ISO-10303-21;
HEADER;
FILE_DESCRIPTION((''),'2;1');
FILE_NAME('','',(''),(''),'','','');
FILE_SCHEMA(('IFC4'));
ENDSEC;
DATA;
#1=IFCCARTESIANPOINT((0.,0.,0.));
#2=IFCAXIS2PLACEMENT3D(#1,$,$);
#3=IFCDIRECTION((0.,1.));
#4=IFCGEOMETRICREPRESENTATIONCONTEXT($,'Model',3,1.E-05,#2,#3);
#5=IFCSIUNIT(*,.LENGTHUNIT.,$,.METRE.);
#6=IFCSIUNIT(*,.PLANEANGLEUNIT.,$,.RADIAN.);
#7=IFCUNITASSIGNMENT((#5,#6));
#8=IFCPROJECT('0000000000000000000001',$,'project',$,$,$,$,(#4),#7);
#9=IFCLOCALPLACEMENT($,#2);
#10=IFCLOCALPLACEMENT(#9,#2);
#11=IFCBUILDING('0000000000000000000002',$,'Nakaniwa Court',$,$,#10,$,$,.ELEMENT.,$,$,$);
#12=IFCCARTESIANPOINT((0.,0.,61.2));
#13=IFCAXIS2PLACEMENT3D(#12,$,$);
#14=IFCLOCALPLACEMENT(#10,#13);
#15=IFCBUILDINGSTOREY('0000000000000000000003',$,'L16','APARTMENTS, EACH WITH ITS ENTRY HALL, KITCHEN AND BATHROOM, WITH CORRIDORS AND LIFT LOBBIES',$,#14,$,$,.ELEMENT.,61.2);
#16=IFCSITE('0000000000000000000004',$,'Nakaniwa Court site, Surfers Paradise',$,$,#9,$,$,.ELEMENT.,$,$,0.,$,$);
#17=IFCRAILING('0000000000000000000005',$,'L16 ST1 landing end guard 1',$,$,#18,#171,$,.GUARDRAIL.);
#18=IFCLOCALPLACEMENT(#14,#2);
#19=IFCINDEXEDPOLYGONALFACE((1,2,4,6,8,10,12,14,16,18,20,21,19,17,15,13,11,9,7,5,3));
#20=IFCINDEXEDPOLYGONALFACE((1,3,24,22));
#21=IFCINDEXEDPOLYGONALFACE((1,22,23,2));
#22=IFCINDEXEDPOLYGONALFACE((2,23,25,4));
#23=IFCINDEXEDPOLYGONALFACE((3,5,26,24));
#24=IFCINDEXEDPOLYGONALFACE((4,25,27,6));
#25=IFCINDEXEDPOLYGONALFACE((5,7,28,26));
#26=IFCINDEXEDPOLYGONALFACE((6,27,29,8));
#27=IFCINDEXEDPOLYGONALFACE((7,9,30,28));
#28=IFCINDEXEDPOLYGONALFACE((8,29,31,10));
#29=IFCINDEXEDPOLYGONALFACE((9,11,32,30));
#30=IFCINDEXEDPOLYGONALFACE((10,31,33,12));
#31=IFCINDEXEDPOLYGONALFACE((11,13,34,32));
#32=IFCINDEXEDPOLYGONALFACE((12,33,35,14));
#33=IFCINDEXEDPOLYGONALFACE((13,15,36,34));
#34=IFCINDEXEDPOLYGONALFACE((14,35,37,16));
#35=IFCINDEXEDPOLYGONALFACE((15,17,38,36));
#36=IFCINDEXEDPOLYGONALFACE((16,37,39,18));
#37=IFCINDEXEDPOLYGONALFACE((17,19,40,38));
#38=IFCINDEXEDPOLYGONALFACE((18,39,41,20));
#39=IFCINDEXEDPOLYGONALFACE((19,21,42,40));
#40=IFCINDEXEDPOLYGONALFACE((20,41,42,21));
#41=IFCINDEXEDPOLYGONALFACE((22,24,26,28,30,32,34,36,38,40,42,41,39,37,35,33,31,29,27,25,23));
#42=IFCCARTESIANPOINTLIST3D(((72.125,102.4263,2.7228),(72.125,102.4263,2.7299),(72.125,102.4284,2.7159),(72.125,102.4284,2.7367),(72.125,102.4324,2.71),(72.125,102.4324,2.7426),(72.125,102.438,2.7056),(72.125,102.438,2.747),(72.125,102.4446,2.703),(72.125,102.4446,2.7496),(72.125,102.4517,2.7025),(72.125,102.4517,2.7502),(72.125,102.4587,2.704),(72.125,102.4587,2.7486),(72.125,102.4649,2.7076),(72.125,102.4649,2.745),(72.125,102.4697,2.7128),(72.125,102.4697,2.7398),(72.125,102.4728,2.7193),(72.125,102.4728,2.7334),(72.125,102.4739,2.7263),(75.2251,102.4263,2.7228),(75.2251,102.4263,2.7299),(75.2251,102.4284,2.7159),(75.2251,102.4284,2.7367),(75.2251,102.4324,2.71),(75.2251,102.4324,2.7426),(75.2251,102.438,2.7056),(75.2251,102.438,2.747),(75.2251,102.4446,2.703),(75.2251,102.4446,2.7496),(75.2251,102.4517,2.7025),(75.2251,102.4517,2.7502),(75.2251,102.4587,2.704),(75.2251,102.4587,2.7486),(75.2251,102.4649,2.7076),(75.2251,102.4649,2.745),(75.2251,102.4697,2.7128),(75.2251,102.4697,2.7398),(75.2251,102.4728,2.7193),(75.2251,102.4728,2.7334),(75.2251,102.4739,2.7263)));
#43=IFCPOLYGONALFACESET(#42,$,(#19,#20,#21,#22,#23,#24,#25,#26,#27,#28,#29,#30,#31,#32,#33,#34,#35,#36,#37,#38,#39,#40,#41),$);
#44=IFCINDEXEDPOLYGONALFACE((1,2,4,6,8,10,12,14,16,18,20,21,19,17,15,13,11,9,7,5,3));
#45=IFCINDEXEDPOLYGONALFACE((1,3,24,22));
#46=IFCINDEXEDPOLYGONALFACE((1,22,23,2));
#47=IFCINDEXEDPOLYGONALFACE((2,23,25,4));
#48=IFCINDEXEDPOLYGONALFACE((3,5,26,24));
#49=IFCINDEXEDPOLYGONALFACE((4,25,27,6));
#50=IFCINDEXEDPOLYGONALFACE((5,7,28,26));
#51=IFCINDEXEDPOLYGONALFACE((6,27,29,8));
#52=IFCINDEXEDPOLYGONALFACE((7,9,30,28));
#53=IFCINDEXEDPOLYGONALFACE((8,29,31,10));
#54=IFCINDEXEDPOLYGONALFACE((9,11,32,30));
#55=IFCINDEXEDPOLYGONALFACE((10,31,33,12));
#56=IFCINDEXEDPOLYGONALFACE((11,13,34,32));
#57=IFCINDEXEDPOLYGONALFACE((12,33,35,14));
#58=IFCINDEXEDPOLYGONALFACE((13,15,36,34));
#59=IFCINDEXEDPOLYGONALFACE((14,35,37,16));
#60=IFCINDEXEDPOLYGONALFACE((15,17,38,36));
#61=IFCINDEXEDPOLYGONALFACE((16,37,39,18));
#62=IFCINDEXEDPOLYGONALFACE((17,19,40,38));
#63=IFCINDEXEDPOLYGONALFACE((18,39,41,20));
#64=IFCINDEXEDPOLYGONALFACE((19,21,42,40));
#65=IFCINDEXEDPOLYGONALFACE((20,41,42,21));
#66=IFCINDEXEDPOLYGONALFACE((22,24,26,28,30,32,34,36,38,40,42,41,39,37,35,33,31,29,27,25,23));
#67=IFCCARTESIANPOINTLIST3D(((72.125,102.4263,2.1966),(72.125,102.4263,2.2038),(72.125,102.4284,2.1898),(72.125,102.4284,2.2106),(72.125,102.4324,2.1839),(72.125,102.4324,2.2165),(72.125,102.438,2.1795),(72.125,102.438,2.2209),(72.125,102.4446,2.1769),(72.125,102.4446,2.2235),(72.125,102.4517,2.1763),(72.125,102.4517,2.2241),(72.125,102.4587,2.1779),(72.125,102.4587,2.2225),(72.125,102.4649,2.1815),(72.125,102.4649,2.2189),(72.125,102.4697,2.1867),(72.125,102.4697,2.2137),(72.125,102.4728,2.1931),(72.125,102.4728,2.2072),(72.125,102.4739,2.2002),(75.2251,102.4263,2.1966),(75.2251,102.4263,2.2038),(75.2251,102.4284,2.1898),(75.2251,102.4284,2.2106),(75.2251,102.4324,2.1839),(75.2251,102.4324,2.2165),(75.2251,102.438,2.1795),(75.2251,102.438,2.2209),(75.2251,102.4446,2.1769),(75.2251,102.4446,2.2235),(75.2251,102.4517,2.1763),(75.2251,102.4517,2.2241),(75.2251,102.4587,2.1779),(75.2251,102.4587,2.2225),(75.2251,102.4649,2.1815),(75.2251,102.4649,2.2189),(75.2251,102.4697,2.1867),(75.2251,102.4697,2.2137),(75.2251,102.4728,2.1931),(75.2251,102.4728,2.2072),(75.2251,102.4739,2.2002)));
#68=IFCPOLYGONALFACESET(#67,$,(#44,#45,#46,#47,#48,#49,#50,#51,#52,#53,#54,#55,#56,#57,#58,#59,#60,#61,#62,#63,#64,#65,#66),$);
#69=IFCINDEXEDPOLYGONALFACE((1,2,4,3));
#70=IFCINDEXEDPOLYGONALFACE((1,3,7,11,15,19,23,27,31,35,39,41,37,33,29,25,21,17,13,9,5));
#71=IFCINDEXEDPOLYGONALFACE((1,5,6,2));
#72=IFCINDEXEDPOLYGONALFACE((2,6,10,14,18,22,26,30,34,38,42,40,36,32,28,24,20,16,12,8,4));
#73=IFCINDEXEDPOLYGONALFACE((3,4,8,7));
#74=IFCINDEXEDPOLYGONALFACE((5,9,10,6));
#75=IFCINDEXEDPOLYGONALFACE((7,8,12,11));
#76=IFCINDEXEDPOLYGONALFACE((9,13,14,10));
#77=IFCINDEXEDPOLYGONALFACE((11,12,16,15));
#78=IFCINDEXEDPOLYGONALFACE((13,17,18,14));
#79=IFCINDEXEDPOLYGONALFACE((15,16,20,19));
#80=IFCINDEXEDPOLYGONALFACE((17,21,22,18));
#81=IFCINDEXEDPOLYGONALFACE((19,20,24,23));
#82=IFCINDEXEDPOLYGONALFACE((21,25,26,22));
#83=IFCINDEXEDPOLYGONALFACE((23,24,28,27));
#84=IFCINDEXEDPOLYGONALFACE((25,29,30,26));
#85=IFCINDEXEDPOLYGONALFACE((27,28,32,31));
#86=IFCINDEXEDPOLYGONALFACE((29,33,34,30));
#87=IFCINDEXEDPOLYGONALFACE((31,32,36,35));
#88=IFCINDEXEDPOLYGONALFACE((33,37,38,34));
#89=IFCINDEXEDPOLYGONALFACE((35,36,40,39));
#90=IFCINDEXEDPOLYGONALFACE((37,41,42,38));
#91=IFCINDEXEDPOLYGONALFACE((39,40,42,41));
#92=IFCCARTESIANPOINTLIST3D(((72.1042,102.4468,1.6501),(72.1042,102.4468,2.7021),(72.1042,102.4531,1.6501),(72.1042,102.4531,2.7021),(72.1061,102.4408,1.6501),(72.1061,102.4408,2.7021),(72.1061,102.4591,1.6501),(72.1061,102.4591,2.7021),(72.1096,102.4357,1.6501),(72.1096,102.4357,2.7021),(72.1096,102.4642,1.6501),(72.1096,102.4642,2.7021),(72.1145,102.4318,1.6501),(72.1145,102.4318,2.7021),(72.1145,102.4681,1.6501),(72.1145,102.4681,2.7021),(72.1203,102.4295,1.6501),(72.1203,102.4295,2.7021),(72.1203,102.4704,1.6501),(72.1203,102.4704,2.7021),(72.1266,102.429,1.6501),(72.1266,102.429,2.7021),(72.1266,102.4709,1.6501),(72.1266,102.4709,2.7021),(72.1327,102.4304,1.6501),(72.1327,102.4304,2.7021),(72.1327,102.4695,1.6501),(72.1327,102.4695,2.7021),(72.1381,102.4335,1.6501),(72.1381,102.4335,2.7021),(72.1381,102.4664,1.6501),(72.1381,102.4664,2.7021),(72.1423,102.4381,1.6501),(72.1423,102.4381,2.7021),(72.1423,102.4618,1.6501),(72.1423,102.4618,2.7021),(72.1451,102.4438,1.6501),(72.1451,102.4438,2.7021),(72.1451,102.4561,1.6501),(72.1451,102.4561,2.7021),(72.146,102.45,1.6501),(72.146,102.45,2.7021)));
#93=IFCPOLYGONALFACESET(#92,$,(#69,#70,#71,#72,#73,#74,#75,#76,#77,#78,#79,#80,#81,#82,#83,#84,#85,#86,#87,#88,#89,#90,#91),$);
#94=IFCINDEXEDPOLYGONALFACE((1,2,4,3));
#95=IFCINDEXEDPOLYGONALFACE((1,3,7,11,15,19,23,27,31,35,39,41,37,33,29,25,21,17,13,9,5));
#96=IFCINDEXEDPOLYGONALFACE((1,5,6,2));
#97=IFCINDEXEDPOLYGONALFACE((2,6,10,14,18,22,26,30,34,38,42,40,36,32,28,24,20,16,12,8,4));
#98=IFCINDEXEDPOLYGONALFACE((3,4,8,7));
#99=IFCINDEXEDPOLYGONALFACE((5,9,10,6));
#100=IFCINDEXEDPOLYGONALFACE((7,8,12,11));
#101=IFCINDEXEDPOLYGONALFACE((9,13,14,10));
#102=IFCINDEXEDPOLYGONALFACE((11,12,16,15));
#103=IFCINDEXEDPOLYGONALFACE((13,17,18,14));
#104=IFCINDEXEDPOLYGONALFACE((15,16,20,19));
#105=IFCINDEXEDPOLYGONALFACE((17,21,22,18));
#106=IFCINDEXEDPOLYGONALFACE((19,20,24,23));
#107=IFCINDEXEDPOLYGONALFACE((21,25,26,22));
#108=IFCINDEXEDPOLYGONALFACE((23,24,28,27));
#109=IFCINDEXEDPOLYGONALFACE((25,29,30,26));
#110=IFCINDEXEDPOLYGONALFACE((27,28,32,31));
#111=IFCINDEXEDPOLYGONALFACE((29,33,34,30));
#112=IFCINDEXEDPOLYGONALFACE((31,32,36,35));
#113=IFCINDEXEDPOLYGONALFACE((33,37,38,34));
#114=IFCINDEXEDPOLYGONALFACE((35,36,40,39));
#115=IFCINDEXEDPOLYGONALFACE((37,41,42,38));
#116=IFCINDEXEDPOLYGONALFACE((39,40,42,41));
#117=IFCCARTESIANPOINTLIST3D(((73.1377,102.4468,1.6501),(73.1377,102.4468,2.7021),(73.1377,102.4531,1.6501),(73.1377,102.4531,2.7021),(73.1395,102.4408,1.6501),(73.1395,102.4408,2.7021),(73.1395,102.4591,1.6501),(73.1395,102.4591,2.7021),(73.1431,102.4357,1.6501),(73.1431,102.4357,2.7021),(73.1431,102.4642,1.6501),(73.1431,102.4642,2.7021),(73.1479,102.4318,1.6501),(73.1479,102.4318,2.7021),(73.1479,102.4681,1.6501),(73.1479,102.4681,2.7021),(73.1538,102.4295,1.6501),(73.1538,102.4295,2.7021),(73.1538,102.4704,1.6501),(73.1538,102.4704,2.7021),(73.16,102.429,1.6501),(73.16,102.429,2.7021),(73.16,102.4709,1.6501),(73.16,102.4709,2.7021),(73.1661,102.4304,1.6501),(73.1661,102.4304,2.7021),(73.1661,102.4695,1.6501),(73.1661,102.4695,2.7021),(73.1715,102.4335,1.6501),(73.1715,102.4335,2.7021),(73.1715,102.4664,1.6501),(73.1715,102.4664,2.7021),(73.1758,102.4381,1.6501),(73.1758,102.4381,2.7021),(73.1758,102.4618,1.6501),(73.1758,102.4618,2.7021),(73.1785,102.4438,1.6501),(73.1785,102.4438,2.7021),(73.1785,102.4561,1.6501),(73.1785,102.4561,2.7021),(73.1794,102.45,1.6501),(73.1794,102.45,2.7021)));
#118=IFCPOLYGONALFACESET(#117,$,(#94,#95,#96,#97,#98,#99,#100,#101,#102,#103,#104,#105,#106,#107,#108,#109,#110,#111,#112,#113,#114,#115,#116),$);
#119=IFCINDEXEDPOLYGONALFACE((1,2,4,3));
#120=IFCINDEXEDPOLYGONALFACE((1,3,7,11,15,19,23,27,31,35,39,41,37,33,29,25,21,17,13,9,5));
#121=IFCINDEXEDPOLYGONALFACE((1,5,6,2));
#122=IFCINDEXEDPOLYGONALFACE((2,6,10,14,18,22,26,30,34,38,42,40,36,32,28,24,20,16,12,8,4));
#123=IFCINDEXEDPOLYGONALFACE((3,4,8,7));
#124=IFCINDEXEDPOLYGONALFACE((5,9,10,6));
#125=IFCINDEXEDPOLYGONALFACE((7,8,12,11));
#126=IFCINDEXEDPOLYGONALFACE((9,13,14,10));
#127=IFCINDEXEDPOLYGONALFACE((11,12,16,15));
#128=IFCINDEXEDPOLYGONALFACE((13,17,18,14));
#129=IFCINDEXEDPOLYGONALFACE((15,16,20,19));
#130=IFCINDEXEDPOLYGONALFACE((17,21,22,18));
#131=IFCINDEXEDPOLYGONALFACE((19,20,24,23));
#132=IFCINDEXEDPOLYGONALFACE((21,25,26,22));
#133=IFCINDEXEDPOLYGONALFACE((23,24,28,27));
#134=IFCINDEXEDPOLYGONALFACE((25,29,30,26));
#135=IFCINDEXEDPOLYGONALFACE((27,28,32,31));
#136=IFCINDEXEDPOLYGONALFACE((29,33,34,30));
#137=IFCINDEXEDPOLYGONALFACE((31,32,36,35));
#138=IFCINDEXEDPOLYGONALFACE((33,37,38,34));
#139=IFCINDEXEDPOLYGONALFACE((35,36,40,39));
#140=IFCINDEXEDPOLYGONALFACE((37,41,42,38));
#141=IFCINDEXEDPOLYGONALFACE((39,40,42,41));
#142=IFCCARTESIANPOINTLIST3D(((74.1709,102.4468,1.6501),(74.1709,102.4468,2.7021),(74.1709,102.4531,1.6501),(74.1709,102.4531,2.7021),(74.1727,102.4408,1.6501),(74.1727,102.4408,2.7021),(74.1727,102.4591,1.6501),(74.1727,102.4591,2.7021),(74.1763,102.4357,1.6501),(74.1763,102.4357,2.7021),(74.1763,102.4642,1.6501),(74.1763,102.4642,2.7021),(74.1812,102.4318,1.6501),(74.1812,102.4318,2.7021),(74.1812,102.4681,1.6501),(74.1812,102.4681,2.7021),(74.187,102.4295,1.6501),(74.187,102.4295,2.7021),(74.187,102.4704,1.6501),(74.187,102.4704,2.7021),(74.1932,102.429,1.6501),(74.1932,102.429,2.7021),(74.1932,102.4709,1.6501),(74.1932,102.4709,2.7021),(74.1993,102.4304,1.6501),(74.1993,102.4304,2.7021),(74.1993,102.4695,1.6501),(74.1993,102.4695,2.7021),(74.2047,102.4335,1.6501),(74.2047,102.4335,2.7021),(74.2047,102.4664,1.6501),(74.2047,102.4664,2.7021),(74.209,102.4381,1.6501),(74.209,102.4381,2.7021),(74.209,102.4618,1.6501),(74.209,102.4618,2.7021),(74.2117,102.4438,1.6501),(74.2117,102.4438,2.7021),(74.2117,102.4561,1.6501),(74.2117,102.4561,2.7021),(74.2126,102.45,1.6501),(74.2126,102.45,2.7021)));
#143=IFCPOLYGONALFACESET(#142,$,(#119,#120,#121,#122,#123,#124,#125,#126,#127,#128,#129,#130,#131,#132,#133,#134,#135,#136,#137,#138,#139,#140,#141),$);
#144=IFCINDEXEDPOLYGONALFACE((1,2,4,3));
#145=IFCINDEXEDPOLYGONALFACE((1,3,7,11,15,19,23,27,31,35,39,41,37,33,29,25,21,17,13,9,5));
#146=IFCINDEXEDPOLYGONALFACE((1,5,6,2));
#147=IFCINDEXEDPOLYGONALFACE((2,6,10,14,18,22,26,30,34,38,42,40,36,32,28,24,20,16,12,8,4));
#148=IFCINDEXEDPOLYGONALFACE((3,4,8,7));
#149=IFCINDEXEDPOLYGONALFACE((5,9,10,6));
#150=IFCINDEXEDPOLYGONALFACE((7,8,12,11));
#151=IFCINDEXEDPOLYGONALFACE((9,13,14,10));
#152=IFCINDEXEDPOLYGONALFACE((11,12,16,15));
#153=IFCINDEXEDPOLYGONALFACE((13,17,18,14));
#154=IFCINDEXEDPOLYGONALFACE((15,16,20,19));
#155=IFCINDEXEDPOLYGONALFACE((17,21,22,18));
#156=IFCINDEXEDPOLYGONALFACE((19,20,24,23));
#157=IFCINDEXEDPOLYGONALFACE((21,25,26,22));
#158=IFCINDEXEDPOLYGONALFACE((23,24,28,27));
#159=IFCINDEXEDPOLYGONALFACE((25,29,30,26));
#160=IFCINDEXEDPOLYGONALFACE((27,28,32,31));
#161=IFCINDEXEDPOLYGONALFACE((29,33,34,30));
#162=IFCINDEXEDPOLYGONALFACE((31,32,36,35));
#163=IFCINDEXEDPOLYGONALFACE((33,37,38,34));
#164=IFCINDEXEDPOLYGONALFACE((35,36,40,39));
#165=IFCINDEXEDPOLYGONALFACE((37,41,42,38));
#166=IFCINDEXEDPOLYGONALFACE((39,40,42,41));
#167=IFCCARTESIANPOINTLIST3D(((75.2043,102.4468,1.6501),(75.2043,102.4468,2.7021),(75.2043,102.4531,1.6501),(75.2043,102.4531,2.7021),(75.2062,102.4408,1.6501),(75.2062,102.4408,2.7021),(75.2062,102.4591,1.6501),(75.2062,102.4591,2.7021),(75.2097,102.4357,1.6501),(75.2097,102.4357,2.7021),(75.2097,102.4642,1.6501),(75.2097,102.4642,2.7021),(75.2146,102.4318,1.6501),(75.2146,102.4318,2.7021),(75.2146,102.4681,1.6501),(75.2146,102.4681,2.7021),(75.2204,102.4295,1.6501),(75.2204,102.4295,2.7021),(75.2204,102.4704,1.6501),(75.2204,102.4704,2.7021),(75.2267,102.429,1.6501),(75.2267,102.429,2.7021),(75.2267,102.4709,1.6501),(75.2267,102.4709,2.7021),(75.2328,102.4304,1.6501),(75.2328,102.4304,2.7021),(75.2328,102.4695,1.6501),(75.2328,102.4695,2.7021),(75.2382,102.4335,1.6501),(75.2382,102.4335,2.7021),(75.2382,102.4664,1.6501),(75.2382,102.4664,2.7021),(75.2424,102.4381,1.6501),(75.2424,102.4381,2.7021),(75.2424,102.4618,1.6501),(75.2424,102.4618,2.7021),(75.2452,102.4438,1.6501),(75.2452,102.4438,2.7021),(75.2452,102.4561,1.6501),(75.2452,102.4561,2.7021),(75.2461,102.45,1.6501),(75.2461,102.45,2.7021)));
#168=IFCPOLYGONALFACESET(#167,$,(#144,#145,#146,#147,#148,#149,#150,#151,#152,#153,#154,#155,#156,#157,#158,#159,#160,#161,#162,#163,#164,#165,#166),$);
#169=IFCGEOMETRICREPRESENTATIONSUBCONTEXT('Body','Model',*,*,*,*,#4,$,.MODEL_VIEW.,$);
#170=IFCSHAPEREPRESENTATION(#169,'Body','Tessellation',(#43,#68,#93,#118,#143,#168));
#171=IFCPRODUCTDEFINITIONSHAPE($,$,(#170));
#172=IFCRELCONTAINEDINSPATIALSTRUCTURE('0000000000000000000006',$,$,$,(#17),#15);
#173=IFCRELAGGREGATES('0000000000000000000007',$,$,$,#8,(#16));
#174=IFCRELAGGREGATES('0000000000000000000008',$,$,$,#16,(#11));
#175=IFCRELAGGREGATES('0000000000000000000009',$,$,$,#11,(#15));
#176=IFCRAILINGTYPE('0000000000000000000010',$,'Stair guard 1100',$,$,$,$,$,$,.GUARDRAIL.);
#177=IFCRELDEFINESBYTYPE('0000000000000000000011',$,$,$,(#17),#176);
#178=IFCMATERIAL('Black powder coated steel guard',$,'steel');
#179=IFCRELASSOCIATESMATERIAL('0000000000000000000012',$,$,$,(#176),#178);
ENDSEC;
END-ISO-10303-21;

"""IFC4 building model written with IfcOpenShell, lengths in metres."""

from ifc_helpers import new_model, si_unit, direction, frame, origin, origin_2d, place, context, subcontext, project, spatial, circle, extrude, material, type_object, element, save


model = new_model("IFC4")

# Units and contexts
model_context = context("Model", 3, precision=1e-05, world=origin(), true_north=direction((0.0, 1.0)))
body_context = subcontext(model_context, "Body", "Model", "MODEL_VIEW")
ifc_project = project(units=[si_unit("LENGTHUNIT", "METRE"), si_unit("PLANEANGLEUNIT", "RADIAN")], contexts=[model_context])

# Site, building, storey
site_placement = place(None, origin())
site = spatial("IfcSite", under=ifc_project, at=site_placement, Name="Nakaniwa Court site, Surfers Paradise", CompositionType="ELEMENT", RefElevation=0.0)
building_placement = place(site_placement, origin())
building = spatial("IfcBuilding", under=site, at=building_placement, Name="Nakaniwa Court", CompositionType="ELEMENT")
storey_placement = place(building_placement, frame((0.0, 0.0, 61.2)))
storey = spatial("IfcBuildingStorey", under=building, at=storey_placement, Name="L16", Description="APARTMENTS, EACH WITH ITS ENTRY HALL, KITCHEN AND BATHROOM, WITH CORRIDORS AND LIFT LOBBIES", CompositionType="ELEMENT", Elevation=61.2)

# Railing
ifc_material_1 = material(Name="Black powder coated steel guard", Category="steel")
railing_type_1 = type_object("IfcRailingType", Name="Stair guard 1100", PredefinedType="GUARDRAIL", material=ifc_material_1)
railing_1_placement = place(storey_placement, frame((72.125, 102.45, 1.6501)))
element("IfcRailing", 1, at=railing_1_placement, inside=storey, type_object=railing_type_1, Name="L16 ST1 landing end guard 1", PredefinedType="GUARDRAIL", context=body_context, shape_type="SweptSolid", body=[
    extrude(circle(Radius=0.0239, at=origin_2d()), frame((0.0, 0.0, 1.0762), z_axis=(1.0, 0.0, 0.0), x_axis=(0.0, 1.0, 0.0)), (0.0, 0.0, 1.0), 3.1001),
    extrude(circle(Radius=0.0239, at=origin_2d()), frame((0.0, 0.0, 0.55), z_axis=(1.0, 0.0, 0.0), x_axis=(0.0, 1.0, 0.0)), (0.0, 0.0, 1.0), 3.1001),
    extrude(circle(Radius=0.021, at=origin_2d()), origin(), (0.0, 0.0, 1.0), 1.052),
    extrude(circle(Radius=0.021, at=origin_2d()), frame((1.0334, 0.0, 0.0)), (0.0, 0.0, 1.0), 1.052),
    extrude(circle(Radius=0.021, at=origin_2d()), frame((2.0667, 0.0, 0.0)), (0.0, 0.0, 1.0), 1.052),
    extrude(circle(Radius=0.021, at=origin_2d()), frame((3.1001, 0.0, 0.0)), (0.0, 0.0, 1.0), 1.052),
])

save(model, "model.ifc")
